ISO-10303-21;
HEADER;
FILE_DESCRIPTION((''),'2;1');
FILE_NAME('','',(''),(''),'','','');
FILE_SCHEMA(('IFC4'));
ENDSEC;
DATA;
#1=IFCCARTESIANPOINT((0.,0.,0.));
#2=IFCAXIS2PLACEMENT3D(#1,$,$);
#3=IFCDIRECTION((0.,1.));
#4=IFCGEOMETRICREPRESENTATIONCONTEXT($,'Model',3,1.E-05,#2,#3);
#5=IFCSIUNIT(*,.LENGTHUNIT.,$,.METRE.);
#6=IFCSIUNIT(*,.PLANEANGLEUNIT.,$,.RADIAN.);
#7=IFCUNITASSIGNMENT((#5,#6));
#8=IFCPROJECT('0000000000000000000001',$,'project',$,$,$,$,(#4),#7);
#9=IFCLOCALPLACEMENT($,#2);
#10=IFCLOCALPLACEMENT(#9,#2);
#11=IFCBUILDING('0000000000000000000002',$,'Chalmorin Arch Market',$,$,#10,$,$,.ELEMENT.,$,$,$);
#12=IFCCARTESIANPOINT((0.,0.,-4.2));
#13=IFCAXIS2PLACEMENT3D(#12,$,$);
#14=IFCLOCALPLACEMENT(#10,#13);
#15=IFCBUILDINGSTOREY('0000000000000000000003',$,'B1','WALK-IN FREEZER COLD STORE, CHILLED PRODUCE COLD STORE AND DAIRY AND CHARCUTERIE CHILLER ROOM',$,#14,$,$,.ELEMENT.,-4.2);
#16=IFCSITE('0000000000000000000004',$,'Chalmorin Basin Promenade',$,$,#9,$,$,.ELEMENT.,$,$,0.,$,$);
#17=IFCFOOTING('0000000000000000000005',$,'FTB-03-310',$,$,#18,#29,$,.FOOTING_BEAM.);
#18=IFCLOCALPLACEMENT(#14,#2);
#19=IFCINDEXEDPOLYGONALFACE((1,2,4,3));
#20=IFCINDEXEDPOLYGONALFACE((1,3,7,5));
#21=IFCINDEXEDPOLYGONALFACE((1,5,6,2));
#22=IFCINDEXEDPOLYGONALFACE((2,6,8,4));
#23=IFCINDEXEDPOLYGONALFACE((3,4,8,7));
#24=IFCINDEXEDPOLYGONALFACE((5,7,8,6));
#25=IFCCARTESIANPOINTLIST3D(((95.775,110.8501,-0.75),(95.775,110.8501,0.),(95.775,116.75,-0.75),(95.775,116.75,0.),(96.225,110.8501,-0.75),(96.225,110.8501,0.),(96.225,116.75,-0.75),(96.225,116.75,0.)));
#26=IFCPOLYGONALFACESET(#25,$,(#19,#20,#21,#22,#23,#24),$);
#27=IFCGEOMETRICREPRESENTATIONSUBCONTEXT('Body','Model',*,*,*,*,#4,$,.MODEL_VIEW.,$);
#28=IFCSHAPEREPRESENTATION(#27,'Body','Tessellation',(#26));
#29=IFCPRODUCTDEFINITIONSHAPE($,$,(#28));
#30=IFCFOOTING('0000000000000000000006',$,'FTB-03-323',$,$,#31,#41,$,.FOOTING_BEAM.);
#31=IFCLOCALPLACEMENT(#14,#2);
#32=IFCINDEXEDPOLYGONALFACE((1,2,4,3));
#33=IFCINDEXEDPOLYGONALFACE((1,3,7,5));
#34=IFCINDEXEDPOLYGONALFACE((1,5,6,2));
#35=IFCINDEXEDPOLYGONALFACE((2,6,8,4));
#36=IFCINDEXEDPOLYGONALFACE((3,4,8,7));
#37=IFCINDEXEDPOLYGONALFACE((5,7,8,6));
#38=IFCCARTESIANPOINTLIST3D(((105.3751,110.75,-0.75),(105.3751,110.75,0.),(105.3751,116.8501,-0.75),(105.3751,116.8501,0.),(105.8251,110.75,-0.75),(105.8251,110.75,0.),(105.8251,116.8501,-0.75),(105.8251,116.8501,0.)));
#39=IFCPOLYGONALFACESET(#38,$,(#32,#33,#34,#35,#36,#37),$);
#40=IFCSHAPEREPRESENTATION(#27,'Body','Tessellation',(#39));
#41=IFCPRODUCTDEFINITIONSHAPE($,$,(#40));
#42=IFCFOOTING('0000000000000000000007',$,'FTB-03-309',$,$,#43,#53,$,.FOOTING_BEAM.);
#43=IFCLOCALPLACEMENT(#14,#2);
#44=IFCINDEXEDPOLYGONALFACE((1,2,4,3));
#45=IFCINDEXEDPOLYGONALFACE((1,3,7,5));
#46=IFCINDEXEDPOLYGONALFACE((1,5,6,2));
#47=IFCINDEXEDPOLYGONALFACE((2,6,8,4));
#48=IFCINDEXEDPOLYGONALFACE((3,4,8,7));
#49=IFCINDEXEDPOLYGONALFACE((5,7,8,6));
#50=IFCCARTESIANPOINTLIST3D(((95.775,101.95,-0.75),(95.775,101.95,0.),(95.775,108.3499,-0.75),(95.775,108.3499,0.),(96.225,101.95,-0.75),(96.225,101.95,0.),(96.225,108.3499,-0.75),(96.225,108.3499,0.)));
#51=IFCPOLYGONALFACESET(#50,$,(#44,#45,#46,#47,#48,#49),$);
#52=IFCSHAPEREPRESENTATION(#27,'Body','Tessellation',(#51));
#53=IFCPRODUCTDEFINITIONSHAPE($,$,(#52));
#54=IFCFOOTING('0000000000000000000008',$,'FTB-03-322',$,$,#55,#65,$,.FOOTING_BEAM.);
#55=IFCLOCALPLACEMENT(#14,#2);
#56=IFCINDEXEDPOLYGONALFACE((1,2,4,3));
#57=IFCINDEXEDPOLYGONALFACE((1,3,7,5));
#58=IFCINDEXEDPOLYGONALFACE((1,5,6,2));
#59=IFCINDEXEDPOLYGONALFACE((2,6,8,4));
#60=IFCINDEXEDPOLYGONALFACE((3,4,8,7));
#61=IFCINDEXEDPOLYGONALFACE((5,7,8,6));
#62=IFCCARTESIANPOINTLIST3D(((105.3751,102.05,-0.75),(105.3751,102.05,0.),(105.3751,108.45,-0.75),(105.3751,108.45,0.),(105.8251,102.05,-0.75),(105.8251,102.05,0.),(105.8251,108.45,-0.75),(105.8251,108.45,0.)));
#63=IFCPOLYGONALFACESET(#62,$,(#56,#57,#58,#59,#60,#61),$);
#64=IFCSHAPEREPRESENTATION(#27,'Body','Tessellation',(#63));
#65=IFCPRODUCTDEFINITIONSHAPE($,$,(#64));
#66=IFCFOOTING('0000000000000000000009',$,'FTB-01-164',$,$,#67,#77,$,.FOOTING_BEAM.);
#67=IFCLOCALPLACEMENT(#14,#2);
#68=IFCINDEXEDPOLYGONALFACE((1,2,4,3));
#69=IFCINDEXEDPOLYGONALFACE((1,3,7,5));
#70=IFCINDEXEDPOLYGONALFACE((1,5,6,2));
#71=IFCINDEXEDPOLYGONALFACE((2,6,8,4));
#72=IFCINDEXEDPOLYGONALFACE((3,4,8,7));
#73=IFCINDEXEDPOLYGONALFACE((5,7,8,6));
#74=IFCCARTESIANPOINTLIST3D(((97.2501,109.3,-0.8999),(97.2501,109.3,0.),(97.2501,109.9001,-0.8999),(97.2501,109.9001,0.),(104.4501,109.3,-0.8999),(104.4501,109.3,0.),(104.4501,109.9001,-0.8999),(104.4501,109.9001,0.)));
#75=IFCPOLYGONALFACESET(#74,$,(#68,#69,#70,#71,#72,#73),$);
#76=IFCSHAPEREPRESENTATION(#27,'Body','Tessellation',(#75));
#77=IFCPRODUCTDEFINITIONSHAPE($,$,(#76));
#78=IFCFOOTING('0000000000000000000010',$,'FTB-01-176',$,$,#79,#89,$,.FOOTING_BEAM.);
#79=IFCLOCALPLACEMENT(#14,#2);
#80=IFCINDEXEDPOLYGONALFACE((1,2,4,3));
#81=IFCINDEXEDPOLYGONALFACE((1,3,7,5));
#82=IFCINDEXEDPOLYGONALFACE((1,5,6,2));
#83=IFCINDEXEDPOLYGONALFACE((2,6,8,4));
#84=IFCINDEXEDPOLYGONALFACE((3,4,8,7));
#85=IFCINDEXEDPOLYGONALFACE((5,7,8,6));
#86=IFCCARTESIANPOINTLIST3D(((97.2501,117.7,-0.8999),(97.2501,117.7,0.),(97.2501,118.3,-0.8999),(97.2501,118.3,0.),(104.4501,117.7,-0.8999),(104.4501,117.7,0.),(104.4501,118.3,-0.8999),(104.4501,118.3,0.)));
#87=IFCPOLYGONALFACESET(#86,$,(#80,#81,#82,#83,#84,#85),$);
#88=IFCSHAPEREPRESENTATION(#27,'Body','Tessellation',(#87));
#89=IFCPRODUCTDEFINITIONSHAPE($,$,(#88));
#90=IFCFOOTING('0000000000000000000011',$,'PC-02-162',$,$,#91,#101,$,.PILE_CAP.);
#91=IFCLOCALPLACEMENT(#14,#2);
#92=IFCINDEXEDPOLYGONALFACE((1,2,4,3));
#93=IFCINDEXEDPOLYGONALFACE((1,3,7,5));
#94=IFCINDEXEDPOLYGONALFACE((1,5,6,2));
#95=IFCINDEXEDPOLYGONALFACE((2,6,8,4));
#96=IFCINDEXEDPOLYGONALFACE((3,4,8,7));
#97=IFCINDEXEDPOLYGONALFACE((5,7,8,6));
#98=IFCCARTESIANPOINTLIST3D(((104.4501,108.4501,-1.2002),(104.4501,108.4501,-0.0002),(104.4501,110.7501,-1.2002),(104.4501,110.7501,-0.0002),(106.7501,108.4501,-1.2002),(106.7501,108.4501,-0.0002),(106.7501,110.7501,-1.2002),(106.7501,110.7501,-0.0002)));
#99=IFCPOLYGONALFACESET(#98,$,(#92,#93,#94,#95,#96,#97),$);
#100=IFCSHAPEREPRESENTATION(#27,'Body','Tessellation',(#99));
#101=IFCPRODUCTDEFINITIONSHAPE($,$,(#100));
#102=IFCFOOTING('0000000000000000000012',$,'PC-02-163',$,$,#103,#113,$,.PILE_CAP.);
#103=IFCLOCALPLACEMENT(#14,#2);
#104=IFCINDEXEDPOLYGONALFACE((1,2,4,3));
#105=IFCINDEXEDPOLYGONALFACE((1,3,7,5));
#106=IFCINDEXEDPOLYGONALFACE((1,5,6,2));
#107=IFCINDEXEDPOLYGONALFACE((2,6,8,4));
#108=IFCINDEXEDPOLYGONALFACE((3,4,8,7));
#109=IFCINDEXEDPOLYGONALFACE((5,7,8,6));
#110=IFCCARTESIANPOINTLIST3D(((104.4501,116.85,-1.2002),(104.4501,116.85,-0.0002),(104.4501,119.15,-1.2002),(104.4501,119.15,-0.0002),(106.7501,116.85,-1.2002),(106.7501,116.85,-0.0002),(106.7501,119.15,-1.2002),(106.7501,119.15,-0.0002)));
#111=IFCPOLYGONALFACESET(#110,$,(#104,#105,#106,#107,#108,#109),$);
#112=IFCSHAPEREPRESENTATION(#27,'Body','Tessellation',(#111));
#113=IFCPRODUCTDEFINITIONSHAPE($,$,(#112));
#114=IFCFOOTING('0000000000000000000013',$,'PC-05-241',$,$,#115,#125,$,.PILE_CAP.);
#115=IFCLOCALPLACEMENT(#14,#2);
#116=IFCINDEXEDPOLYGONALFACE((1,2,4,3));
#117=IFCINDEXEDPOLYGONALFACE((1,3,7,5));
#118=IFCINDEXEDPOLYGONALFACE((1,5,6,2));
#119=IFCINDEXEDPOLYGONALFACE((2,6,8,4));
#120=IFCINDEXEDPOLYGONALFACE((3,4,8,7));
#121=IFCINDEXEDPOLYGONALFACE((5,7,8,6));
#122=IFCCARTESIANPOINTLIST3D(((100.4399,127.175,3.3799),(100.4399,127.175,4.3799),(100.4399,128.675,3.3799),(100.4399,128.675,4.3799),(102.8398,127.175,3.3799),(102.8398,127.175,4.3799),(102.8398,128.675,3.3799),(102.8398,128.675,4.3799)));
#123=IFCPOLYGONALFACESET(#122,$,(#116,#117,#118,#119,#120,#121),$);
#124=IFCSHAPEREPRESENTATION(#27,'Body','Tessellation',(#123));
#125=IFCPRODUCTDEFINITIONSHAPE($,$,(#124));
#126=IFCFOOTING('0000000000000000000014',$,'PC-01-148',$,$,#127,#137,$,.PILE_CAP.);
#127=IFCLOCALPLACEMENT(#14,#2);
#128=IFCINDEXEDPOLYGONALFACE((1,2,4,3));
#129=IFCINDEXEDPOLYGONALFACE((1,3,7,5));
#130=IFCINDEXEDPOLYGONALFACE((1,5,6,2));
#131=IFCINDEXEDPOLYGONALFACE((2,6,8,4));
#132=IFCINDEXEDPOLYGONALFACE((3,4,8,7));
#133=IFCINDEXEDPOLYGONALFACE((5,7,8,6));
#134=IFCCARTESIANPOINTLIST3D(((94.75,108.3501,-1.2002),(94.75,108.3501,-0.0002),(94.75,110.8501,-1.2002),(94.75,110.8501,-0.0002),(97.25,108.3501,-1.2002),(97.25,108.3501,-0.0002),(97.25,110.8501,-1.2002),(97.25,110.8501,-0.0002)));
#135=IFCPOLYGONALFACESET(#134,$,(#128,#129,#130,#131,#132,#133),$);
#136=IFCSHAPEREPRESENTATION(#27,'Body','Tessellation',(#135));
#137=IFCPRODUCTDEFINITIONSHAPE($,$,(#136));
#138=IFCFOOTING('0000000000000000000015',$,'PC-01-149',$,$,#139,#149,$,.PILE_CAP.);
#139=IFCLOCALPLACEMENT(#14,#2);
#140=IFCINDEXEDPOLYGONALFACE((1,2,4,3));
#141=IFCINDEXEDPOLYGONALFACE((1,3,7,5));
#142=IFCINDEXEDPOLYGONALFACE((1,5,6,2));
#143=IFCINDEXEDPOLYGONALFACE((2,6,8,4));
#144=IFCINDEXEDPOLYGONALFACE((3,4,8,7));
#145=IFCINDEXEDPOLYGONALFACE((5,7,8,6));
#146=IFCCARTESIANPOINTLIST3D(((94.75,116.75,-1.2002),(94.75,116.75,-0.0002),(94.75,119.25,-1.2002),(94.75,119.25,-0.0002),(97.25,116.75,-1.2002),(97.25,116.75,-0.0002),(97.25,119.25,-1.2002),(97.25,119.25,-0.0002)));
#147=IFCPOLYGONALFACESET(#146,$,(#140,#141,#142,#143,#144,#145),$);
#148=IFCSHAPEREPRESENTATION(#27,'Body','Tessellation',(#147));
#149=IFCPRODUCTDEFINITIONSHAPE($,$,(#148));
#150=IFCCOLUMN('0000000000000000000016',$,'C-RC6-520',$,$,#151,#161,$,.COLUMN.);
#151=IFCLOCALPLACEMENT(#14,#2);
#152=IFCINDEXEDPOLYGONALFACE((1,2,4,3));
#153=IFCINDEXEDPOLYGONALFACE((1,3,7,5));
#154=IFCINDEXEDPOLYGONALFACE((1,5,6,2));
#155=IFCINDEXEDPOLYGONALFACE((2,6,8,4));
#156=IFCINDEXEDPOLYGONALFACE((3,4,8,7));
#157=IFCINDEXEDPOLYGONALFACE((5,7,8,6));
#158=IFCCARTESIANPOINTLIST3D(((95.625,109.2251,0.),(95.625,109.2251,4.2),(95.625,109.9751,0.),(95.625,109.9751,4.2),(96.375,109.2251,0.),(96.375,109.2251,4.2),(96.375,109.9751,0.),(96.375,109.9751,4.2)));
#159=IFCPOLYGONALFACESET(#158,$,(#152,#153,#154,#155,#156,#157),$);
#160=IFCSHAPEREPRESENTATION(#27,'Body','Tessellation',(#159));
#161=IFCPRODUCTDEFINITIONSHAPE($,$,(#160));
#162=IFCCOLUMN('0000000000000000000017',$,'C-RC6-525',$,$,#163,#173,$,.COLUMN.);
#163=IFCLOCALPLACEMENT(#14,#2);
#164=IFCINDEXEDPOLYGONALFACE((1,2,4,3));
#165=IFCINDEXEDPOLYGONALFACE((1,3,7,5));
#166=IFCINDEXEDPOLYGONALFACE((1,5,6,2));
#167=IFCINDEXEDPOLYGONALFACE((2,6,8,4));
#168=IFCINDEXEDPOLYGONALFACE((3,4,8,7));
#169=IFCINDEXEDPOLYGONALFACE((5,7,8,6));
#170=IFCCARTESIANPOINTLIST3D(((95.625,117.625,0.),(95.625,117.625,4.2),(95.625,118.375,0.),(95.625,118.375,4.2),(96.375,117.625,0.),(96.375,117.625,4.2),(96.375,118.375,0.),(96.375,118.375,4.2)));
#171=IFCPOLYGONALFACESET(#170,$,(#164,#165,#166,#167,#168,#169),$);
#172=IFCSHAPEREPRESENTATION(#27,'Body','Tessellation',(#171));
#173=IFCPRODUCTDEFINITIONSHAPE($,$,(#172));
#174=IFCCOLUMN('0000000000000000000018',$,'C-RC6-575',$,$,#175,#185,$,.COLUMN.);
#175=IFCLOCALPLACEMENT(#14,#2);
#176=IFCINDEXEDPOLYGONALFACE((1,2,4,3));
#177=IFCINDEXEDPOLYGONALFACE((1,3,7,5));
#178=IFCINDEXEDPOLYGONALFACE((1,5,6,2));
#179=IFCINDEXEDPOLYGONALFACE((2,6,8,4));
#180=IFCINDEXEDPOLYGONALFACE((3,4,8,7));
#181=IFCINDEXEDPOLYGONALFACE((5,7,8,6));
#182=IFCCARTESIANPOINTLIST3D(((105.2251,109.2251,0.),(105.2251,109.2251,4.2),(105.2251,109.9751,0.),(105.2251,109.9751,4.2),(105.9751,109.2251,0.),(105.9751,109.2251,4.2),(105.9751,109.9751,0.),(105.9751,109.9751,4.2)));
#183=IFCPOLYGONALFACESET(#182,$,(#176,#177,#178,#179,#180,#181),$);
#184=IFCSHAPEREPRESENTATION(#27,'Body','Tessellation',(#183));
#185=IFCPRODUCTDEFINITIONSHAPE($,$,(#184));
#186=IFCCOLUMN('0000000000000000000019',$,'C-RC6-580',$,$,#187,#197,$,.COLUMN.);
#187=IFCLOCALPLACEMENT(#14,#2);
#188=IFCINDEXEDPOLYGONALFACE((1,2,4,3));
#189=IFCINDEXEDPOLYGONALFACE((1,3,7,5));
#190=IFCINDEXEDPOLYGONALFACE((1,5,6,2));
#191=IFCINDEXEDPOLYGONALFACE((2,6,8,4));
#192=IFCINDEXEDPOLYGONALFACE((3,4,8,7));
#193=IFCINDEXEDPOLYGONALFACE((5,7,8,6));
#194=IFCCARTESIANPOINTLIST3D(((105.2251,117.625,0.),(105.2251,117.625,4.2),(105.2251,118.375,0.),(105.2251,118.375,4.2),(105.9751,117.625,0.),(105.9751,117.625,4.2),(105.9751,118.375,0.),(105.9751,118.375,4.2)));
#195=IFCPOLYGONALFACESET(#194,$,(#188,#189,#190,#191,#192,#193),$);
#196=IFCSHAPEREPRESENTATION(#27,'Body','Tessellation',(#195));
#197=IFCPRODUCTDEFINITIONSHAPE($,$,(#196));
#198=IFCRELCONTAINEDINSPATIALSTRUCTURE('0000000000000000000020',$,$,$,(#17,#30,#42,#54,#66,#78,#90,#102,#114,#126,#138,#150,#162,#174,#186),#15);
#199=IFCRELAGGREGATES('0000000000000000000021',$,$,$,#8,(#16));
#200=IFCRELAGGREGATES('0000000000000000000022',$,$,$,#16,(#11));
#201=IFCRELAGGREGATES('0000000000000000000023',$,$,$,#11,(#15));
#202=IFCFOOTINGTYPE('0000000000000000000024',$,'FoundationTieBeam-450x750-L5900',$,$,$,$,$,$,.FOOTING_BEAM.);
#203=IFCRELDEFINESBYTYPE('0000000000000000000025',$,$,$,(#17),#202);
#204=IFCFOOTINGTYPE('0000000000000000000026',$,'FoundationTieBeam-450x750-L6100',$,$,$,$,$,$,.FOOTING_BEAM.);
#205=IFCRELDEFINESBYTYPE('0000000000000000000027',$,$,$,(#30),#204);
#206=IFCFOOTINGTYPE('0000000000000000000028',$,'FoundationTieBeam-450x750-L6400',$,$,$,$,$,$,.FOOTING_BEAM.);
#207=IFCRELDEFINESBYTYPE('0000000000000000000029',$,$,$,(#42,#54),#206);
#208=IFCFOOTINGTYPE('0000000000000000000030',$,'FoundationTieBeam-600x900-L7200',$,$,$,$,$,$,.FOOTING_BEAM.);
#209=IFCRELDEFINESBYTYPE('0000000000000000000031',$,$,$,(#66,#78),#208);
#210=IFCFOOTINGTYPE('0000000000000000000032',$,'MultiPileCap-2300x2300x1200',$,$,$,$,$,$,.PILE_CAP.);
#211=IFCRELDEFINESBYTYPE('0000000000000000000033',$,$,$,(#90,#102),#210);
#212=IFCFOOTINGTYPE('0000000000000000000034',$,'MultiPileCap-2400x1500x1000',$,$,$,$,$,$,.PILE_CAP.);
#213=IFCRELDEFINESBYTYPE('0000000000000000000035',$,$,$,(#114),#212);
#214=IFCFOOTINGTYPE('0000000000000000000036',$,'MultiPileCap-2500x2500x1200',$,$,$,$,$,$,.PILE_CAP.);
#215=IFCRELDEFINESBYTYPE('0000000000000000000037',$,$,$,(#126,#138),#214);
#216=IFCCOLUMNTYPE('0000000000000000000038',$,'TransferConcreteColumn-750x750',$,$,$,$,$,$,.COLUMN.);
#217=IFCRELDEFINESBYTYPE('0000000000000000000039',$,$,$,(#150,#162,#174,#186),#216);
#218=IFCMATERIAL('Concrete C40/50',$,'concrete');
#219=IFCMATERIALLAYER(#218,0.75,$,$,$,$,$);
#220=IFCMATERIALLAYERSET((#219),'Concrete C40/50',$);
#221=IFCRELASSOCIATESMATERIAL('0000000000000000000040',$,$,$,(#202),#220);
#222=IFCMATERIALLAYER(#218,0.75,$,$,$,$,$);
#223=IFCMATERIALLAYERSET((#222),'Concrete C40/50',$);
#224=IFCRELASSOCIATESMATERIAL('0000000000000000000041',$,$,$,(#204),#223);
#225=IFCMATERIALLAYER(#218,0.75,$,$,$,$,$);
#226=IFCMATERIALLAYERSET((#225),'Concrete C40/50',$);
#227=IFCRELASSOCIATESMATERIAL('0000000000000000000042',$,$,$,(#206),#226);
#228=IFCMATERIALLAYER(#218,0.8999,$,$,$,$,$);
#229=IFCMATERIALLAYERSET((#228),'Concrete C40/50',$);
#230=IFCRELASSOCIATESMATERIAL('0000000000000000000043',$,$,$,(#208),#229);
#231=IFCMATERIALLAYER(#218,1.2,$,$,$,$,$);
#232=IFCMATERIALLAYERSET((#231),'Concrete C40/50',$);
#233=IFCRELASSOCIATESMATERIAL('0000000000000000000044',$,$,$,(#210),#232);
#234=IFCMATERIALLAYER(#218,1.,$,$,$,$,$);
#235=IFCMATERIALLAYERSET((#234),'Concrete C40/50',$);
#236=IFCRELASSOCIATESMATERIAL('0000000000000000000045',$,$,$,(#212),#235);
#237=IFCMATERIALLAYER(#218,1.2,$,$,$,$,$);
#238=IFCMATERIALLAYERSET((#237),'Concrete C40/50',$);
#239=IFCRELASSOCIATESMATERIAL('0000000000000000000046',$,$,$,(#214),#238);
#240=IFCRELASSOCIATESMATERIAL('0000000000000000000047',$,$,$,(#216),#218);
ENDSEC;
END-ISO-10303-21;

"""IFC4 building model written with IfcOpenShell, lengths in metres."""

from ifc_helpers import new_model, si_unit, direction, frame, origin, origin_2d, place, context, subcontext, project, spatial, rectangle, extrude, material, layer, layer_set, material_profile, profile_set, type_object, element, save


model = new_model("IFC4")

# Units and contexts
model_context = context("Model", 3, precision=1e-05, world=origin(), true_north=direction((0.0, 1.0)))
body_context = subcontext(model_context, "Body", "Model", "MODEL_VIEW")
ifc_project = project(units=[si_unit("LENGTHUNIT", "METRE"), si_unit("PLANEANGLEUNIT", "RADIAN")], contexts=[model_context])

# Site, building, storey
site_placement = place(None, origin())
site = spatial("IfcSite", under=ifc_project, at=site_placement, Name="Chalmorin Basin Promenade", CompositionType="ELEMENT", RefElevation=0.0)
building_placement = place(site_placement, origin())
building = spatial("IfcBuilding", under=site, at=building_placement, Name="Chalmorin Arch Market", CompositionType="ELEMENT")
storey_placement = place(building_placement, frame((0.0, 0.0, -4.2)))
storey = spatial("IfcBuildingStorey", under=building, at=storey_placement, Name="B1", Description="WALK-IN FREEZER COLD STORE, CHILLED PRODUCE COLD STORE AND DAIRY AND CHARCUTERIE CHILLER ROOM", CompositionType="ELEMENT", Elevation=-4.2)

# Footings
ifc_material_1 = material(Name="Concrete C40/50", Category="concrete")
ifc_layer_1 = layer(ifc_material_1, 0.75)
ifc_layer_set_1 = layer_set([ifc_layer_1], Name="Concrete C40/50")
footing_type_1 = type_object("IfcFootingType", Name="FoundationTieBeam-450x750-L5900", PredefinedType="FOOTING_BEAM", material=ifc_layer_set_1)
footing_1_placement = place(storey_placement, frame((96.0, 113.8, -0.75), z_axis=(0.0, 0.0, 1.0), x_axis=(0.0, 1.0, 0.0)))
element("IfcFooting", 1, at=footing_1_placement, inside=storey, type_object=footing_type_1, Name="FTB-03-310", PredefinedType="FOOTING_BEAM", context=body_context, shape_type="SweptSolid", body=[
    extrude(rectangle(XDim=5.8999, YDim=0.45, at=origin_2d()), origin(), (0.0, 0.0, 1.0), 0.75),
])
ifc_layer_2 = layer(ifc_material_1, 0.75)
ifc_layer_set_2 = layer_set([ifc_layer_2], Name="Concrete C40/50")
footing_type_2 = type_object("IfcFootingType", Name="FoundationTieBeam-450x750-L6100", PredefinedType="FOOTING_BEAM", material=ifc_layer_set_2)
footing_2_placement = place(storey_placement, frame((105.6001, 113.8, -0.75), z_axis=(0.0, 0.0, 1.0), x_axis=(0.0, 1.0, 0.0)))
element("IfcFooting", 2, at=footing_2_placement, inside=storey, type_object=footing_type_2, Name="FTB-03-323", PredefinedType="FOOTING_BEAM", context=body_context, shape_type="SweptSolid", body=[
    extrude(rectangle(XDim=6.1001, YDim=0.45, at=origin_2d()), origin(), (0.0, 0.0, 1.0), 0.75),
])
ifc_layer_3 = layer(ifc_material_1, 0.75)
ifc_layer_set_3 = layer_set([ifc_layer_3], Name="Concrete C40/50")
footing_type_3 = type_object("IfcFootingType", Name="FoundationTieBeam-450x750-L6400", PredefinedType="FOOTING_BEAM", material=ifc_layer_set_3)
for number, where, z_axis, x_axis, name in (
    (3, (96.0, 105.1499, -0.75), (0.0, 0.0, 1.0), (0.0, 1.0, 0.0), "FTB-03-309"),
    (4, (105.6001, 105.25, -0.75), (0.0, 0.0, 1.0), (0.0, 1.0, 0.0), "FTB-03-322"),
):
    element("IfcFooting", number, at=place(storey_placement, frame(where, z_axis=z_axis, x_axis=x_axis)), inside=storey, type_object=footing_type_3, Name=name, PredefinedType="FOOTING_BEAM", context=body_context, shape_type="SweptSolid", body=[
        extrude(rectangle(XDim=6.3999, YDim=0.45, at=origin_2d()), origin(), (0.0, 0.0, 1.0), 0.75),
    ])
ifc_layer_4 = layer(ifc_material_1, 0.8999)
ifc_layer_set_4 = layer_set([ifc_layer_4], Name="Concrete C40/50")
footing_type_4 = type_object("IfcFootingType", Name="FoundationTieBeam-600x900-L7200", PredefinedType="FOOTING_BEAM", material=ifc_layer_set_4)
for number, where, z_axis, x_axis, name in (
    (5, (100.8501, 109.6001, -0.8999), (0.0, 0.0, 1.0), (1.0, 0.0, 0.0), "FTB-01-164"),
    (6, (100.8501, 118.0, -0.8999), (0.0, 0.0, 1.0), (1.0, 0.0, 0.0), "FTB-01-176"),
):
    element("IfcFooting", number, at=place(storey_placement, frame(where, z_axis=z_axis, x_axis=x_axis)), inside=storey, type_object=footing_type_4, Name=name, PredefinedType="FOOTING_BEAM", context=body_context, shape_type="SweptSolid", body=[
        extrude(rectangle(XDim=7.2, YDim=0.6001, at=origin_2d()), origin(), (0.0, 0.0, 1.0), 0.8999),
    ])
ifc_layer_5 = layer(ifc_material_1, 1.2)
ifc_layer_set_5 = layer_set([ifc_layer_5], Name="Concrete C40/50")
footing_type_5 = type_object("IfcFootingType", Name="MultiPileCap-2300x2300x1200", PredefinedType="PILE_CAP", material=ifc_layer_set_5)
for number, where, z_axis, x_axis, name in (
    (7, (105.6001, 109.6001, -1.2002), (0.0, 0.0, 1.0), (1.0, 0.0, 0.0), "PC-02-162"),
    (8, (105.6001, 118.0, -1.2002), (0.0, 0.0, 1.0), (1.0, 0.0, 0.0), "PC-02-163"),
):
    element("IfcFooting", number, at=place(storey_placement, frame(where, z_axis=z_axis, x_axis=x_axis)), inside=storey, type_object=footing_type_5, Name=name, PredefinedType="PILE_CAP", context=body_context, shape_type="SweptSolid", body=[
        extrude(rectangle(XDim=2.3, YDim=2.3, at=origin_2d()), origin(), (0.0, 0.0, 1.0), 1.2),
    ])
ifc_layer_6 = layer(ifc_material_1, 1.0)
ifc_layer_set_6 = layer_set([ifc_layer_6], Name="Concrete C40/50")
footing_type_6 = type_object("IfcFootingType", Name="MultiPileCap-2400x1500x1000", PredefinedType="PILE_CAP", material=ifc_layer_set_6)
footing_3_placement = place(storey_placement, frame((101.6399, 127.925, 3.3799), z_axis=(0.0, 0.0, 1.0), x_axis=(1.0, 0.0, 0.0)))
element("IfcFooting", 9, at=footing_3_placement, inside=storey, type_object=footing_type_6, Name="PC-05-241", PredefinedType="PILE_CAP", context=body_context, shape_type="SweptSolid", body=[
    extrude(rectangle(XDim=2.3999, YDim=1.5, at=origin_2d()), origin(), (0.0, 0.0, 1.0), 1.0),
])
ifc_layer_7 = layer(ifc_material_1, 1.2)
ifc_layer_set_7 = layer_set([ifc_layer_7], Name="Concrete C40/50")
footing_type_7 = type_object("IfcFootingType", Name="MultiPileCap-2500x2500x1200", PredefinedType="PILE_CAP", material=ifc_layer_set_7)
for number, where, z_axis, x_axis, name in (
    (10, (96.0, 109.6001, -1.2002), (0.0, 0.0, 1.0), (1.0, 0.0, 0.0), "PC-01-148"),
    (11, (96.0, 118.0, -1.2002), (0.0, 0.0, 1.0), (1.0, 0.0, 0.0), "PC-01-149"),
):
    element("IfcFooting", number, at=place(storey_placement, frame(where, z_axis=z_axis, x_axis=x_axis)), inside=storey, type_object=footing_type_7, Name=name, PredefinedType="PILE_CAP", context=body_context, shape_type="SweptSolid", body=[
        extrude(rectangle(XDim=2.5, YDim=2.5, at=origin_2d()), origin(), (0.0, 0.0, 1.0), 1.2),
    ])

# Columns
ifc_material_profile_1 = material_profile(ifc_material_1, rectangle(XDim=0.75, YDim=0.75, at=origin_2d()), Name="RC750X750")
ifc_profile_set_1 = profile_set([ifc_material_profile_1], Name="Concrete C40/50")
column_type = type_object("IfcColumnType", Name="TransferConcreteColumn-750x750", PredefinedType="COLUMN", material=ifc_profile_set_1)
for number, where, z_axis, x_axis, name in (
    (12, (96.0, 109.6001, 0.0), (0.0, 0.0, 1.0), (1.0, 0.0, 0.0), "C-RC6-520"),
    (13, (96.0, 118.0, 0.0), (0.0, 0.0, 1.0), (1.0, 0.0, 0.0), "C-RC6-525"),
    (14, (105.6001, 109.6001, 0.0), (0.0, 0.0, 1.0), (1.0, 0.0, 0.0), "C-RC6-575"),
    (15, (105.6001, 118.0, 0.0), (0.0, 0.0, 1.0), (1.0, 0.0, 0.0), "C-RC6-580"),
):
    element("IfcColumn", number, at=place(storey_placement, frame(where, z_axis=z_axis, x_axis=x_axis)), inside=storey, type_object=column_type, Name=name, PredefinedType="COLUMN", context=body_context, shape_type="SweptSolid", body=[
        extrude(rectangle(XDim=0.75, YDim=0.75, at=origin_2d()), origin(), (0.0, 0.0, 1.0), 4.2),
    ])

save(model, "model.ifc")
